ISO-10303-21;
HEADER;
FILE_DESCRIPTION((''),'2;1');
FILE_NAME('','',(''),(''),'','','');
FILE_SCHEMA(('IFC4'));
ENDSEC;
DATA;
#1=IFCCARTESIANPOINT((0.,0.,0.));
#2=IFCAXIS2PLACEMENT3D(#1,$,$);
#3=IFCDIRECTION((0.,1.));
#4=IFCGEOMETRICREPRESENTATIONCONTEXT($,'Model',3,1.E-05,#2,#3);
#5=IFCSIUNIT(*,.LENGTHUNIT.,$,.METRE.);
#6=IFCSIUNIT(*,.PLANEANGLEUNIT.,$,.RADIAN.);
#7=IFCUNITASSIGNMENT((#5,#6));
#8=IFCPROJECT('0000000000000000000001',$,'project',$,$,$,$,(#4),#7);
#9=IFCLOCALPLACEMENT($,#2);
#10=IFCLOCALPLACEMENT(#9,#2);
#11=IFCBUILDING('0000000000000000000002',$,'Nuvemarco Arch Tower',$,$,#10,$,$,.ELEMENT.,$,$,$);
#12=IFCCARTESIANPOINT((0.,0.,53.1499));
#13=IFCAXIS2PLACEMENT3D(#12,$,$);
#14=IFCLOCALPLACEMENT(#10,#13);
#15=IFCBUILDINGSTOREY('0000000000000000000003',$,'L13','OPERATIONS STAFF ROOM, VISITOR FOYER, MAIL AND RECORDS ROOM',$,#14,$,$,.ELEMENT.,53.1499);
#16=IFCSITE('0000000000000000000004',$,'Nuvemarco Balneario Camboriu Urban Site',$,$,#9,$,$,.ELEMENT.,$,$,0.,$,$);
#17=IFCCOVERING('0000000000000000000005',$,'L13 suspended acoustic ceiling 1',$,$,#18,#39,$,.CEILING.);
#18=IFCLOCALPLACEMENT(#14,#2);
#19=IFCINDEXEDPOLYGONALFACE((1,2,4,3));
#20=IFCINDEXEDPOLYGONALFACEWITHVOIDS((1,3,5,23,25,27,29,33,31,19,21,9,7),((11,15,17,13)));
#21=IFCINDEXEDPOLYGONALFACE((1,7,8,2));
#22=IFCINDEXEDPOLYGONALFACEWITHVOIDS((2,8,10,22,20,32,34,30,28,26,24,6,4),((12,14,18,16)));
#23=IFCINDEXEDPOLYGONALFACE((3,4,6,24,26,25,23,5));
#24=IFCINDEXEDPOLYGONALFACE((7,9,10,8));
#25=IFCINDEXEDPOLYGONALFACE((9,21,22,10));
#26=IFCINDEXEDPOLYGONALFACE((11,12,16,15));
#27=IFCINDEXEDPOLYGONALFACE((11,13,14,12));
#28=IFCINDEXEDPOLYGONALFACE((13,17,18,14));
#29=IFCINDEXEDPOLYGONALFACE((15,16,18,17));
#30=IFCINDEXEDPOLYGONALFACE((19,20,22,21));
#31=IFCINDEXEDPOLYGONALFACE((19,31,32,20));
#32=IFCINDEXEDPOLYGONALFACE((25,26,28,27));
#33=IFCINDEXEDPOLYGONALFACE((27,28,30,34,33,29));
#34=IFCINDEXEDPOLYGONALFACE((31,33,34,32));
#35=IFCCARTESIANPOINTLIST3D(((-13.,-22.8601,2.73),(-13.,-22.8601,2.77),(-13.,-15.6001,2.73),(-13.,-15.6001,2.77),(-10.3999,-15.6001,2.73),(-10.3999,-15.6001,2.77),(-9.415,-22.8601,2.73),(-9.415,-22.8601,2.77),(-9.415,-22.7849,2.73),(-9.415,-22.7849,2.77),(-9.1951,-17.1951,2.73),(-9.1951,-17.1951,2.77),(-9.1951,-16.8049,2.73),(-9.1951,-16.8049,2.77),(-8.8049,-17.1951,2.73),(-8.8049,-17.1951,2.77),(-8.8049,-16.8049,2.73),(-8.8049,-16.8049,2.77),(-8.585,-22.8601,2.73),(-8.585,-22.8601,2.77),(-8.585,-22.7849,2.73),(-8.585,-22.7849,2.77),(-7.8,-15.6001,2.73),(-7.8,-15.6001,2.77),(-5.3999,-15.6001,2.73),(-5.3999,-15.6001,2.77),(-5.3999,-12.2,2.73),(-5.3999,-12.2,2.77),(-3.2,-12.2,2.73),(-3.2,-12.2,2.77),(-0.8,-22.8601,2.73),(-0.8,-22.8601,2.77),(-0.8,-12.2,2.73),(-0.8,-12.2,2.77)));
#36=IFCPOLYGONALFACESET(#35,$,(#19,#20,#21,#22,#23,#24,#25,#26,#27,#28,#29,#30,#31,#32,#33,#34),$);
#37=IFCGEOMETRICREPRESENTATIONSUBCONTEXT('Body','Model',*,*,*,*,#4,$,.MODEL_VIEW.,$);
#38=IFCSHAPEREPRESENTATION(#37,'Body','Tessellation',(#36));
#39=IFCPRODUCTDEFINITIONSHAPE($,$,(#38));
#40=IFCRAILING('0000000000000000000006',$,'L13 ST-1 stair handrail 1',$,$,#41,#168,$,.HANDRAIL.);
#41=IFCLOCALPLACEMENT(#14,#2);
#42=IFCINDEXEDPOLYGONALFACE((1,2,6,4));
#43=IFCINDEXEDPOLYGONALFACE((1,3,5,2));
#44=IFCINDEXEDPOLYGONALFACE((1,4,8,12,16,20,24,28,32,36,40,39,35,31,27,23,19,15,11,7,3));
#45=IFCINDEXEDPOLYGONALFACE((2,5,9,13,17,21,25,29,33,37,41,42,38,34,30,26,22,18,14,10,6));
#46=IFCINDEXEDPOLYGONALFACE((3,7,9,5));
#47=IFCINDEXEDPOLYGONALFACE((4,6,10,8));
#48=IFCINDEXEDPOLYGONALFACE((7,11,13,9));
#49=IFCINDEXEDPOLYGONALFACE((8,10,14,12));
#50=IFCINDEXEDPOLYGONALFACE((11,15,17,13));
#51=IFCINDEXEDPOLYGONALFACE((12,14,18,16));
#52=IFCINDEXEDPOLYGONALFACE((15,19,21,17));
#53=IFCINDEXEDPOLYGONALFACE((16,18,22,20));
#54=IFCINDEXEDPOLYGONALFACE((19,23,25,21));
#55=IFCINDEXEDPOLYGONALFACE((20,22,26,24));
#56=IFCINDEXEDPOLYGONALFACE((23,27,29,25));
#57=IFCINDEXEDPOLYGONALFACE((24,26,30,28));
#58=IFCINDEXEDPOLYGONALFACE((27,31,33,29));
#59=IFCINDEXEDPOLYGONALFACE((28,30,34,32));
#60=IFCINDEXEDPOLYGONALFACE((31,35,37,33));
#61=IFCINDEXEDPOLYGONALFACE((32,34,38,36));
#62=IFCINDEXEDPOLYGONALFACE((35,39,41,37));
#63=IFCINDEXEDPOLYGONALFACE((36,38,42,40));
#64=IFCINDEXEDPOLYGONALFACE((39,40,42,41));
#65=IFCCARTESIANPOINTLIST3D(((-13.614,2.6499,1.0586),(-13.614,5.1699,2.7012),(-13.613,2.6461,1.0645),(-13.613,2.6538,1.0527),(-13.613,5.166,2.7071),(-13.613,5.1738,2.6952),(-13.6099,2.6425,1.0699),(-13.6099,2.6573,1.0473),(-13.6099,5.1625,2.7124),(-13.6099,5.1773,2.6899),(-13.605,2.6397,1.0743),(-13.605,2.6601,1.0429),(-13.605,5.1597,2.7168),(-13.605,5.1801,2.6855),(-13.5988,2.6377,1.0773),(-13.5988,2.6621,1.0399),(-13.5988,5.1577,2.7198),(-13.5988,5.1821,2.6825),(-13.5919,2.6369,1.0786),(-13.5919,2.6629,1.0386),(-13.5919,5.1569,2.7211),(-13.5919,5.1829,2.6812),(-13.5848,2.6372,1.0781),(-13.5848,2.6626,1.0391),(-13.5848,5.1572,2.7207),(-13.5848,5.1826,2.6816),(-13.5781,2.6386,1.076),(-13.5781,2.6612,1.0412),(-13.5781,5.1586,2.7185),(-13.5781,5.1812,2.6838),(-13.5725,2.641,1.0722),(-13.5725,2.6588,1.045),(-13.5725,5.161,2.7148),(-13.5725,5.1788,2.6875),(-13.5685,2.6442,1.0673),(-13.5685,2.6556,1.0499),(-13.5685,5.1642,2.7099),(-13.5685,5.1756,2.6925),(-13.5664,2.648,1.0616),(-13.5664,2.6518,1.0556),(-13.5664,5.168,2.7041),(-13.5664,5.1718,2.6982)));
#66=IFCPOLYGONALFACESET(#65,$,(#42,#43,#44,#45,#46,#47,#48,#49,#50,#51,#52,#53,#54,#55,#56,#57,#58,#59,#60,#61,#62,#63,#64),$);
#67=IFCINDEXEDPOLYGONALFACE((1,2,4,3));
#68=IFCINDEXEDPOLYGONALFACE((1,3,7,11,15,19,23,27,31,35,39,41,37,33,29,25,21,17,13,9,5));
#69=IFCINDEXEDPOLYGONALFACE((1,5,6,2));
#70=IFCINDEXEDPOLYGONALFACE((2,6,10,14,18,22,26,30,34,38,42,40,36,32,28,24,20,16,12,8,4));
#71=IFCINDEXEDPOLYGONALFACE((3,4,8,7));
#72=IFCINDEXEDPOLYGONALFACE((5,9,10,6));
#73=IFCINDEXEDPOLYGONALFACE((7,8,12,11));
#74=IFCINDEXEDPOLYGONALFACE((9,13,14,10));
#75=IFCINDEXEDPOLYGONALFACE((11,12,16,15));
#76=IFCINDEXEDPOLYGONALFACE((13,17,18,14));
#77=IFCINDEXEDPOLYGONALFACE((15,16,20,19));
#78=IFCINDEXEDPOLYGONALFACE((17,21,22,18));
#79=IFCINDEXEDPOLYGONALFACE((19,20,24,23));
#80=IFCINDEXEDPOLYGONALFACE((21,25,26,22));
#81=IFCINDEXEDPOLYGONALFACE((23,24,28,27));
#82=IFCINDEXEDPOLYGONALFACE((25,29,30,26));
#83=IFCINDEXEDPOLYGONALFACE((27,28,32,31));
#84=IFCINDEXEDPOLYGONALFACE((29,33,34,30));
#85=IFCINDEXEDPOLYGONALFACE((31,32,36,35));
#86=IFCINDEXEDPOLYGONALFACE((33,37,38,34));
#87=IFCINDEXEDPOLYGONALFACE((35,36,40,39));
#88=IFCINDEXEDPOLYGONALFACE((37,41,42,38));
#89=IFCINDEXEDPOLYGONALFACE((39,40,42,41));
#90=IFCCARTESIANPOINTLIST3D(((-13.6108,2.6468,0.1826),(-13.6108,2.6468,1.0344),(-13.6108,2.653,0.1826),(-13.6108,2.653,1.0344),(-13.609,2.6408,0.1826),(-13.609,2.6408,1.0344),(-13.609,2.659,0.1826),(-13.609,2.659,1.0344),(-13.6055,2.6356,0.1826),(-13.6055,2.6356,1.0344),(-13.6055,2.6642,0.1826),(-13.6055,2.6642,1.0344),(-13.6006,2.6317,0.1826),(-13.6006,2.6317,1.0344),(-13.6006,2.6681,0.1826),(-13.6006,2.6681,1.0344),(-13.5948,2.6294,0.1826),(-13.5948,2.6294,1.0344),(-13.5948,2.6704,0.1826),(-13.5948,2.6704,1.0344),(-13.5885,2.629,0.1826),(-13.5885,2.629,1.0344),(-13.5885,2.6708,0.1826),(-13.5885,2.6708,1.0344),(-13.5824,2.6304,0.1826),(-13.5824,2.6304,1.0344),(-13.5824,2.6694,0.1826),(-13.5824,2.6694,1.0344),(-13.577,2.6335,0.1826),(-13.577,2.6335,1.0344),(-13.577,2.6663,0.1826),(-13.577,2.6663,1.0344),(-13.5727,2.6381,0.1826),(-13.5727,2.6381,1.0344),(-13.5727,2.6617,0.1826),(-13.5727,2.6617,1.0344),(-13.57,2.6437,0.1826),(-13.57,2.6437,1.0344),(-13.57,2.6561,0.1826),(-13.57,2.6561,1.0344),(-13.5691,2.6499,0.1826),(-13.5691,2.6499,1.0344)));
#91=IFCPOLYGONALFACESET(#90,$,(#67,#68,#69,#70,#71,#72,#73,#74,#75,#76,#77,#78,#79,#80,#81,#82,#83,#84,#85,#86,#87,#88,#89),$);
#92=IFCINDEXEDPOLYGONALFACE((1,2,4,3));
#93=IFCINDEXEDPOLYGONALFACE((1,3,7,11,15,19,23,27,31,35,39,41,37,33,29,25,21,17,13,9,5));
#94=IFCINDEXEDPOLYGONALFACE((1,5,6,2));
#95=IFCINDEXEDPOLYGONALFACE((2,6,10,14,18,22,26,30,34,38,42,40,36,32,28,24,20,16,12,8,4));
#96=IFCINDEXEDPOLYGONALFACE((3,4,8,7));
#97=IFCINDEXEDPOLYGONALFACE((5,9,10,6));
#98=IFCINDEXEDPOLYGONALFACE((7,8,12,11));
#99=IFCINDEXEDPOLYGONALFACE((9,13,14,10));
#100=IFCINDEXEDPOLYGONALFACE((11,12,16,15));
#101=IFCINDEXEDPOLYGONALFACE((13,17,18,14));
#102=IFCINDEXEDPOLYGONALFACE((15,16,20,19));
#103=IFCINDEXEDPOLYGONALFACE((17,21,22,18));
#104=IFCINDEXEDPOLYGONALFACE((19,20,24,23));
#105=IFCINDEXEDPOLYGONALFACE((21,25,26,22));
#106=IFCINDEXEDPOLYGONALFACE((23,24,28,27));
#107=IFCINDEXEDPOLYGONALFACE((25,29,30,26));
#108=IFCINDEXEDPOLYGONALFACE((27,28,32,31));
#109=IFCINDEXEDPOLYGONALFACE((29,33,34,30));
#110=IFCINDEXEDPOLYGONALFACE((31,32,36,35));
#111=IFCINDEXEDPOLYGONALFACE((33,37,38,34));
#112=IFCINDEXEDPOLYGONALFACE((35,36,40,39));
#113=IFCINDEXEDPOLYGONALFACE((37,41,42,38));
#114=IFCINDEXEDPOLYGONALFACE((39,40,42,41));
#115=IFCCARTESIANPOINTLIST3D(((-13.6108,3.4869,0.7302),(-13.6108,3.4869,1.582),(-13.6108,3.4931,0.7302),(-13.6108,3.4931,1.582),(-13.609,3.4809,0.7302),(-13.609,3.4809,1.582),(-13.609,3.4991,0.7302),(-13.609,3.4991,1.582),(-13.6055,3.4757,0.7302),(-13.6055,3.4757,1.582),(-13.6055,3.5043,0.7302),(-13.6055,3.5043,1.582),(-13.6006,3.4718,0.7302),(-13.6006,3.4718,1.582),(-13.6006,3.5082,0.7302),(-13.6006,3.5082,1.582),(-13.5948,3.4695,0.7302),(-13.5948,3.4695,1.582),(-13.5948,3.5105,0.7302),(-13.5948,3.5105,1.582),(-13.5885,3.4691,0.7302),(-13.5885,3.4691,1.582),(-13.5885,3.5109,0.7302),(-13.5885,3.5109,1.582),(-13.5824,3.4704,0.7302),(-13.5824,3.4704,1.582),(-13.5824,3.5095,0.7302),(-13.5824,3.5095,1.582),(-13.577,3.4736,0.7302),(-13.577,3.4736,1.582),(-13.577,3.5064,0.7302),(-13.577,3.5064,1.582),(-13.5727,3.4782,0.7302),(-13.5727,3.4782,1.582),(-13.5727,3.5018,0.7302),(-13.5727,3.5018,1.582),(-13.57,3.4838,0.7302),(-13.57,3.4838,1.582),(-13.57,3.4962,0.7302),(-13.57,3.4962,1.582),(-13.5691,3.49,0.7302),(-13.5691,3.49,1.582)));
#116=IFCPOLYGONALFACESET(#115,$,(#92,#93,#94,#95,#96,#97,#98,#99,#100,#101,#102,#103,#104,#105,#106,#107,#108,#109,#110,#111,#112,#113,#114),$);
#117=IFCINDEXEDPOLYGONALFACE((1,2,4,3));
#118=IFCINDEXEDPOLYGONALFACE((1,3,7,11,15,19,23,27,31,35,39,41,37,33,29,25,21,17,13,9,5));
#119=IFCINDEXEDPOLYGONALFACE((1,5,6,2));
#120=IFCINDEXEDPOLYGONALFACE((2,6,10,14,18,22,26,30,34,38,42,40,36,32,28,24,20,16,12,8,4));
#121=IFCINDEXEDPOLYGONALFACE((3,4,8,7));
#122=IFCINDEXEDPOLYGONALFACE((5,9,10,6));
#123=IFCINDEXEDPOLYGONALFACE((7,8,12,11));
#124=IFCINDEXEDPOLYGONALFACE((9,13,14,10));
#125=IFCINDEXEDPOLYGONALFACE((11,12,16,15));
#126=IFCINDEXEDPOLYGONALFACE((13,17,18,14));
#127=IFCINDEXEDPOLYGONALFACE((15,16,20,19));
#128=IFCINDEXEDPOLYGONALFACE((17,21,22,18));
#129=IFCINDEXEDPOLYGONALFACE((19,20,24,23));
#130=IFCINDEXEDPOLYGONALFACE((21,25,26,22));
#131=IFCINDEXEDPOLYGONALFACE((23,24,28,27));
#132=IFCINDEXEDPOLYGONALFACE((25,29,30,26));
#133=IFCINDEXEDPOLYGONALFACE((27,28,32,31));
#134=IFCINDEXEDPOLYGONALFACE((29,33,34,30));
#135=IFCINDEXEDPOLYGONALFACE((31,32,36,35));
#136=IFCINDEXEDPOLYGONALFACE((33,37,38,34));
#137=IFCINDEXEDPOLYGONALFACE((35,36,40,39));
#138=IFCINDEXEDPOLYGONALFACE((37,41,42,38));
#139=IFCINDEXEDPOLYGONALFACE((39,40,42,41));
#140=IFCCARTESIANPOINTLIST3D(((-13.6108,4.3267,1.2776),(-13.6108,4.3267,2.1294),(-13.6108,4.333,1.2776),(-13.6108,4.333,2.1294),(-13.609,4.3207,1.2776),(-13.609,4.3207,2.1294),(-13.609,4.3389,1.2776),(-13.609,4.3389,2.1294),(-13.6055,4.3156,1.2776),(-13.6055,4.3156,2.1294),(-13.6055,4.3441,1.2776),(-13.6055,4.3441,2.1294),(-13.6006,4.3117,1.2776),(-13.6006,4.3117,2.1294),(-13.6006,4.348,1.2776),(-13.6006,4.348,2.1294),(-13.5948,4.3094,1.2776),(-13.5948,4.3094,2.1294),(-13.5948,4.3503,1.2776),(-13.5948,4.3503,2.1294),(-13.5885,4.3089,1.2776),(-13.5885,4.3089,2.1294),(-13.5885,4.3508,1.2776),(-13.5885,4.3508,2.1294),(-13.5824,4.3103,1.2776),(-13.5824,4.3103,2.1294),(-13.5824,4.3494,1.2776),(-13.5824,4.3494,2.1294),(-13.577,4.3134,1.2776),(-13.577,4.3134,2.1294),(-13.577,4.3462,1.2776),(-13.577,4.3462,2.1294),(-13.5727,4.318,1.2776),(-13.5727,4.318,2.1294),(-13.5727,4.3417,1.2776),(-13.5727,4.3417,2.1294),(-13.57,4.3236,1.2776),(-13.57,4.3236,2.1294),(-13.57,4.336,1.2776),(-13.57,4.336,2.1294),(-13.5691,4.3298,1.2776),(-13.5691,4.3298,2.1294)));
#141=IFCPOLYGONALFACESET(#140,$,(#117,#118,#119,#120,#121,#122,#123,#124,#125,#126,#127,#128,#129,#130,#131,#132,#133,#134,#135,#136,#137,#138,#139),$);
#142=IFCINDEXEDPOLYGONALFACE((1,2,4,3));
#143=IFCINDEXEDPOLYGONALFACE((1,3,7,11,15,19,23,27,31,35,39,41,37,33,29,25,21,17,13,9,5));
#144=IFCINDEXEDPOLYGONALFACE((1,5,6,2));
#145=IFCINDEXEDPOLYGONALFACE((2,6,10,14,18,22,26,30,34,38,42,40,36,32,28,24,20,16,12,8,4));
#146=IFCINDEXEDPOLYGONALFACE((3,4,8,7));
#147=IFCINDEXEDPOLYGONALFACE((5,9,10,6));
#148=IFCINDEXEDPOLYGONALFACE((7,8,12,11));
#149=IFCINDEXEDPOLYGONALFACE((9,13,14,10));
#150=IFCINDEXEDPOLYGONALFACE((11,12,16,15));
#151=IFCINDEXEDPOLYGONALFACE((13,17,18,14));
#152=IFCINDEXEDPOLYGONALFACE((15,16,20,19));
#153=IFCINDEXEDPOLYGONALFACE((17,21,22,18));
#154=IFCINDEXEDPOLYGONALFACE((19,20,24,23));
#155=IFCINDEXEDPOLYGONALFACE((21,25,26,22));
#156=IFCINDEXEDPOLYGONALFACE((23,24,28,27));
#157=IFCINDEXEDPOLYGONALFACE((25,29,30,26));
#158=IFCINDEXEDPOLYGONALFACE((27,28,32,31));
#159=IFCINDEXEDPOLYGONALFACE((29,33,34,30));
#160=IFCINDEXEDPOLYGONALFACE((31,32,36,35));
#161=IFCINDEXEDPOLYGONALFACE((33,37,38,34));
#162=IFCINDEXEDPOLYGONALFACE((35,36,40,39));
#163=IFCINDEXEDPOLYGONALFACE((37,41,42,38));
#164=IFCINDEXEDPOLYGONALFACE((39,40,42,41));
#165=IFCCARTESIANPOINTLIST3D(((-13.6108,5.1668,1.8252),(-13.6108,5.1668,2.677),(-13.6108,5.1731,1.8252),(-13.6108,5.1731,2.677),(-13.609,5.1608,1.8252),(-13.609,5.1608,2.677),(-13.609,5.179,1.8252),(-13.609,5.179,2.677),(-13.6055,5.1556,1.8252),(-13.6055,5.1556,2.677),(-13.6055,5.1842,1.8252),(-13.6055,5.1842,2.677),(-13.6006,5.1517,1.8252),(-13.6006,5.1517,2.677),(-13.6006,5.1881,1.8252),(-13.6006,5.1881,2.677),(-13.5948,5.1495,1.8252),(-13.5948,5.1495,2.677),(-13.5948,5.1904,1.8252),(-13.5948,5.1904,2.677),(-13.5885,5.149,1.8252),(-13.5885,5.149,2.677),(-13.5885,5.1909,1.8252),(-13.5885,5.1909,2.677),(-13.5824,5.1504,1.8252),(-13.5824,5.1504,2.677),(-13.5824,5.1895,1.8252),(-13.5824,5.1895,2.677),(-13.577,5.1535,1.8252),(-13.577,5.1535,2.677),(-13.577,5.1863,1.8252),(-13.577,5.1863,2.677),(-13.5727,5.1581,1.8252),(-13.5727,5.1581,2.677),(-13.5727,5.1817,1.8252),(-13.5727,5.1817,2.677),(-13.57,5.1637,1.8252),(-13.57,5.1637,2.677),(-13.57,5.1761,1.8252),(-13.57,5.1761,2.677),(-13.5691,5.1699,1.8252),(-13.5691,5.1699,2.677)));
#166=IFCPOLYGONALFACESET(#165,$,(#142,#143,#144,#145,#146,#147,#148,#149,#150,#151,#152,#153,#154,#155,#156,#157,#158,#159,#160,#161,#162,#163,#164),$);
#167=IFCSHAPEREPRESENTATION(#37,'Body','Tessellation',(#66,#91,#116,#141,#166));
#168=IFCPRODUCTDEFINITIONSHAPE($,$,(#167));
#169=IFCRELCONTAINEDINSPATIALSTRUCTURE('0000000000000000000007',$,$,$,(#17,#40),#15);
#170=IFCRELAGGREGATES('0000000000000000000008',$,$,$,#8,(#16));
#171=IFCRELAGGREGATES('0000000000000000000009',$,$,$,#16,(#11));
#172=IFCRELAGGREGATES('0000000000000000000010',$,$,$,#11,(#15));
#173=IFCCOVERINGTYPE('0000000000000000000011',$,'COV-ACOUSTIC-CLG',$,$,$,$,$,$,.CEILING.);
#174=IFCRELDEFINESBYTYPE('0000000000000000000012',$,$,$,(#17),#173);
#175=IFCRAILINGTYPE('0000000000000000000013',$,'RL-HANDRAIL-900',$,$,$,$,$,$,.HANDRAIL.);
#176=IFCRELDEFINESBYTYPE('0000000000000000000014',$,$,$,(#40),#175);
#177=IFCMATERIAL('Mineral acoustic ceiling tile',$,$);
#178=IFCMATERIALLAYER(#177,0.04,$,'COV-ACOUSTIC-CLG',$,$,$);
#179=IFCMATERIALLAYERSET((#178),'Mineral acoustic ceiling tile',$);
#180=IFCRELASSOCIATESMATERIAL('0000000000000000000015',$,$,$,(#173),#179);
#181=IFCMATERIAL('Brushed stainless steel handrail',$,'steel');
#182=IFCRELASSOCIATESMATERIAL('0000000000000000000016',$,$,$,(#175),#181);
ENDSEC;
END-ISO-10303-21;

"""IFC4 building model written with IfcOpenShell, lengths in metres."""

from ifc_helpers import new_model, si_unit, direction, frame, origin, origin_2d, place, context, subcontext, project, spatial, polyline, circle, outline, extrude, material, layer, layer_set, type_object, element, save


model = new_model("IFC4")

# Units and contexts
model_context = context("Model", 3, precision=1e-05, world=origin(), true_north=direction((0.0, 1.0)))
body_context = subcontext(model_context, "Body", "Model", "MODEL_VIEW")
ifc_project = project(units=[si_unit("LENGTHUNIT", "METRE"), si_unit("PLANEANGLEUNIT", "RADIAN")], contexts=[model_context])

# Site, building, storey
site_placement = place(None, origin())
site = spatial("IfcSite", under=ifc_project, at=site_placement, Name="Nuvemarco Balneario Camboriu Urban Site", CompositionType="ELEMENT", RefElevation=0.0)
building_placement = place(site_placement, origin())
building = spatial("IfcBuilding", under=site, at=building_placement, Name="Nuvemarco Arch Tower", CompositionType="ELEMENT")
storey_placement = place(building_placement, frame((0.0, 0.0, 53.1499)))
storey = spatial("IfcBuildingStorey", under=building, at=storey_placement, Name="L13", Description="OPERATIONS STAFF ROOM, VISITOR FOYER, MAIL AND RECORDS ROOM", CompositionType="ELEMENT", Elevation=53.1499)

# Covering
ifc_material_1 = material(Name="Mineral acoustic ceiling tile")
ifc_layer_1 = layer(ifc_material_1, 0.04, Name="COV-ACOUSTIC-CLG")
ifc_layer_set_1 = layer_set([ifc_layer_1], Name="Mineral acoustic ceiling tile")
covering_type = type_object("IfcCoveringType", Name="COV-ACOUSTIC-CLG", PredefinedType="CEILING", material=ifc_layer_set_1)
covering_placement = place(storey_placement, frame((0.0, 0.0, 2.73)))
element("IfcCovering", 1, at=covering_placement, inside=storey, type_object=covering_type, Name="L13 suspended acoustic ceiling 1", PredefinedType="CEILING", context=body_context, shape_type="SweptSolid", body=[
    extrude(outline(polyline([(-5.3999, -15.6001), (-5.3999, -12.2), (-3.2, -12.2), (-0.8, -12.2), (-0.8, -22.8601), (-8.585, -22.8601), (-8.585, -22.7849), (-9.415, -22.7849), (-9.415, -22.8601), (-13.0, -22.8601), (-13.0, -15.6001), (-10.3999, -15.6001), (-7.8, -15.6001), (-5.3999, -15.6001)]), holes=[polyline([(-8.8049, -17.1951), (-8.8049, -16.8049), (-9.1951, -16.8049), (-9.1951, -17.1951), (-8.8049, -17.1951)])]), origin(), (0.0, 0.0, 1.0), 0.04),
])

# Railing
ifc_material_2 = material(Name="Brushed stainless steel handrail", Category="steel")
railing_type_1 = type_object("IfcRailingType", Name="RL-HANDRAIL-900", PredefinedType="HANDRAIL", material=ifc_material_2)
railing_1_placement = place(storey_placement, frame((-13.5901, 2.6499, 0.1826)))
element("IfcRailing", 2, at=railing_1_placement, inside=storey, type_object=railing_type_1, Name="L13 ST-1 stair handrail 1", PredefinedType="HANDRAIL", context=body_context, shape_type="SweptSolid", body=[
    extrude(circle(Radius=0.0239, at=origin_2d()), frame((0.0, 0.0, 0.876), z_axis=(0.0, 0.837749, 0.546055), x_axis=(-1.0, 0.0, 0.0)), (0.0, 0.0, 1.0), 3.0081),
    extrude(circle(Radius=0.021, at=origin_2d()), origin(), (0.0, 0.0, 1.0), 0.8518),
    extrude(circle(Radius=0.021, at=origin_2d()), frame((0.0, 0.8401, 0.5476)), (0.0, 0.0, 1.0), 0.8518),
    extrude(circle(Radius=0.021, at=origin_2d()), frame((0.0, 1.6799, 1.095)), (0.0, 0.0, 1.0), 0.8518),
    extrude(circle(Radius=0.021, at=origin_2d()), frame((0.0, 2.52, 1.6426)), (0.0, 0.0, 1.0), 0.8518),
])

save(model, "model.ifc")
